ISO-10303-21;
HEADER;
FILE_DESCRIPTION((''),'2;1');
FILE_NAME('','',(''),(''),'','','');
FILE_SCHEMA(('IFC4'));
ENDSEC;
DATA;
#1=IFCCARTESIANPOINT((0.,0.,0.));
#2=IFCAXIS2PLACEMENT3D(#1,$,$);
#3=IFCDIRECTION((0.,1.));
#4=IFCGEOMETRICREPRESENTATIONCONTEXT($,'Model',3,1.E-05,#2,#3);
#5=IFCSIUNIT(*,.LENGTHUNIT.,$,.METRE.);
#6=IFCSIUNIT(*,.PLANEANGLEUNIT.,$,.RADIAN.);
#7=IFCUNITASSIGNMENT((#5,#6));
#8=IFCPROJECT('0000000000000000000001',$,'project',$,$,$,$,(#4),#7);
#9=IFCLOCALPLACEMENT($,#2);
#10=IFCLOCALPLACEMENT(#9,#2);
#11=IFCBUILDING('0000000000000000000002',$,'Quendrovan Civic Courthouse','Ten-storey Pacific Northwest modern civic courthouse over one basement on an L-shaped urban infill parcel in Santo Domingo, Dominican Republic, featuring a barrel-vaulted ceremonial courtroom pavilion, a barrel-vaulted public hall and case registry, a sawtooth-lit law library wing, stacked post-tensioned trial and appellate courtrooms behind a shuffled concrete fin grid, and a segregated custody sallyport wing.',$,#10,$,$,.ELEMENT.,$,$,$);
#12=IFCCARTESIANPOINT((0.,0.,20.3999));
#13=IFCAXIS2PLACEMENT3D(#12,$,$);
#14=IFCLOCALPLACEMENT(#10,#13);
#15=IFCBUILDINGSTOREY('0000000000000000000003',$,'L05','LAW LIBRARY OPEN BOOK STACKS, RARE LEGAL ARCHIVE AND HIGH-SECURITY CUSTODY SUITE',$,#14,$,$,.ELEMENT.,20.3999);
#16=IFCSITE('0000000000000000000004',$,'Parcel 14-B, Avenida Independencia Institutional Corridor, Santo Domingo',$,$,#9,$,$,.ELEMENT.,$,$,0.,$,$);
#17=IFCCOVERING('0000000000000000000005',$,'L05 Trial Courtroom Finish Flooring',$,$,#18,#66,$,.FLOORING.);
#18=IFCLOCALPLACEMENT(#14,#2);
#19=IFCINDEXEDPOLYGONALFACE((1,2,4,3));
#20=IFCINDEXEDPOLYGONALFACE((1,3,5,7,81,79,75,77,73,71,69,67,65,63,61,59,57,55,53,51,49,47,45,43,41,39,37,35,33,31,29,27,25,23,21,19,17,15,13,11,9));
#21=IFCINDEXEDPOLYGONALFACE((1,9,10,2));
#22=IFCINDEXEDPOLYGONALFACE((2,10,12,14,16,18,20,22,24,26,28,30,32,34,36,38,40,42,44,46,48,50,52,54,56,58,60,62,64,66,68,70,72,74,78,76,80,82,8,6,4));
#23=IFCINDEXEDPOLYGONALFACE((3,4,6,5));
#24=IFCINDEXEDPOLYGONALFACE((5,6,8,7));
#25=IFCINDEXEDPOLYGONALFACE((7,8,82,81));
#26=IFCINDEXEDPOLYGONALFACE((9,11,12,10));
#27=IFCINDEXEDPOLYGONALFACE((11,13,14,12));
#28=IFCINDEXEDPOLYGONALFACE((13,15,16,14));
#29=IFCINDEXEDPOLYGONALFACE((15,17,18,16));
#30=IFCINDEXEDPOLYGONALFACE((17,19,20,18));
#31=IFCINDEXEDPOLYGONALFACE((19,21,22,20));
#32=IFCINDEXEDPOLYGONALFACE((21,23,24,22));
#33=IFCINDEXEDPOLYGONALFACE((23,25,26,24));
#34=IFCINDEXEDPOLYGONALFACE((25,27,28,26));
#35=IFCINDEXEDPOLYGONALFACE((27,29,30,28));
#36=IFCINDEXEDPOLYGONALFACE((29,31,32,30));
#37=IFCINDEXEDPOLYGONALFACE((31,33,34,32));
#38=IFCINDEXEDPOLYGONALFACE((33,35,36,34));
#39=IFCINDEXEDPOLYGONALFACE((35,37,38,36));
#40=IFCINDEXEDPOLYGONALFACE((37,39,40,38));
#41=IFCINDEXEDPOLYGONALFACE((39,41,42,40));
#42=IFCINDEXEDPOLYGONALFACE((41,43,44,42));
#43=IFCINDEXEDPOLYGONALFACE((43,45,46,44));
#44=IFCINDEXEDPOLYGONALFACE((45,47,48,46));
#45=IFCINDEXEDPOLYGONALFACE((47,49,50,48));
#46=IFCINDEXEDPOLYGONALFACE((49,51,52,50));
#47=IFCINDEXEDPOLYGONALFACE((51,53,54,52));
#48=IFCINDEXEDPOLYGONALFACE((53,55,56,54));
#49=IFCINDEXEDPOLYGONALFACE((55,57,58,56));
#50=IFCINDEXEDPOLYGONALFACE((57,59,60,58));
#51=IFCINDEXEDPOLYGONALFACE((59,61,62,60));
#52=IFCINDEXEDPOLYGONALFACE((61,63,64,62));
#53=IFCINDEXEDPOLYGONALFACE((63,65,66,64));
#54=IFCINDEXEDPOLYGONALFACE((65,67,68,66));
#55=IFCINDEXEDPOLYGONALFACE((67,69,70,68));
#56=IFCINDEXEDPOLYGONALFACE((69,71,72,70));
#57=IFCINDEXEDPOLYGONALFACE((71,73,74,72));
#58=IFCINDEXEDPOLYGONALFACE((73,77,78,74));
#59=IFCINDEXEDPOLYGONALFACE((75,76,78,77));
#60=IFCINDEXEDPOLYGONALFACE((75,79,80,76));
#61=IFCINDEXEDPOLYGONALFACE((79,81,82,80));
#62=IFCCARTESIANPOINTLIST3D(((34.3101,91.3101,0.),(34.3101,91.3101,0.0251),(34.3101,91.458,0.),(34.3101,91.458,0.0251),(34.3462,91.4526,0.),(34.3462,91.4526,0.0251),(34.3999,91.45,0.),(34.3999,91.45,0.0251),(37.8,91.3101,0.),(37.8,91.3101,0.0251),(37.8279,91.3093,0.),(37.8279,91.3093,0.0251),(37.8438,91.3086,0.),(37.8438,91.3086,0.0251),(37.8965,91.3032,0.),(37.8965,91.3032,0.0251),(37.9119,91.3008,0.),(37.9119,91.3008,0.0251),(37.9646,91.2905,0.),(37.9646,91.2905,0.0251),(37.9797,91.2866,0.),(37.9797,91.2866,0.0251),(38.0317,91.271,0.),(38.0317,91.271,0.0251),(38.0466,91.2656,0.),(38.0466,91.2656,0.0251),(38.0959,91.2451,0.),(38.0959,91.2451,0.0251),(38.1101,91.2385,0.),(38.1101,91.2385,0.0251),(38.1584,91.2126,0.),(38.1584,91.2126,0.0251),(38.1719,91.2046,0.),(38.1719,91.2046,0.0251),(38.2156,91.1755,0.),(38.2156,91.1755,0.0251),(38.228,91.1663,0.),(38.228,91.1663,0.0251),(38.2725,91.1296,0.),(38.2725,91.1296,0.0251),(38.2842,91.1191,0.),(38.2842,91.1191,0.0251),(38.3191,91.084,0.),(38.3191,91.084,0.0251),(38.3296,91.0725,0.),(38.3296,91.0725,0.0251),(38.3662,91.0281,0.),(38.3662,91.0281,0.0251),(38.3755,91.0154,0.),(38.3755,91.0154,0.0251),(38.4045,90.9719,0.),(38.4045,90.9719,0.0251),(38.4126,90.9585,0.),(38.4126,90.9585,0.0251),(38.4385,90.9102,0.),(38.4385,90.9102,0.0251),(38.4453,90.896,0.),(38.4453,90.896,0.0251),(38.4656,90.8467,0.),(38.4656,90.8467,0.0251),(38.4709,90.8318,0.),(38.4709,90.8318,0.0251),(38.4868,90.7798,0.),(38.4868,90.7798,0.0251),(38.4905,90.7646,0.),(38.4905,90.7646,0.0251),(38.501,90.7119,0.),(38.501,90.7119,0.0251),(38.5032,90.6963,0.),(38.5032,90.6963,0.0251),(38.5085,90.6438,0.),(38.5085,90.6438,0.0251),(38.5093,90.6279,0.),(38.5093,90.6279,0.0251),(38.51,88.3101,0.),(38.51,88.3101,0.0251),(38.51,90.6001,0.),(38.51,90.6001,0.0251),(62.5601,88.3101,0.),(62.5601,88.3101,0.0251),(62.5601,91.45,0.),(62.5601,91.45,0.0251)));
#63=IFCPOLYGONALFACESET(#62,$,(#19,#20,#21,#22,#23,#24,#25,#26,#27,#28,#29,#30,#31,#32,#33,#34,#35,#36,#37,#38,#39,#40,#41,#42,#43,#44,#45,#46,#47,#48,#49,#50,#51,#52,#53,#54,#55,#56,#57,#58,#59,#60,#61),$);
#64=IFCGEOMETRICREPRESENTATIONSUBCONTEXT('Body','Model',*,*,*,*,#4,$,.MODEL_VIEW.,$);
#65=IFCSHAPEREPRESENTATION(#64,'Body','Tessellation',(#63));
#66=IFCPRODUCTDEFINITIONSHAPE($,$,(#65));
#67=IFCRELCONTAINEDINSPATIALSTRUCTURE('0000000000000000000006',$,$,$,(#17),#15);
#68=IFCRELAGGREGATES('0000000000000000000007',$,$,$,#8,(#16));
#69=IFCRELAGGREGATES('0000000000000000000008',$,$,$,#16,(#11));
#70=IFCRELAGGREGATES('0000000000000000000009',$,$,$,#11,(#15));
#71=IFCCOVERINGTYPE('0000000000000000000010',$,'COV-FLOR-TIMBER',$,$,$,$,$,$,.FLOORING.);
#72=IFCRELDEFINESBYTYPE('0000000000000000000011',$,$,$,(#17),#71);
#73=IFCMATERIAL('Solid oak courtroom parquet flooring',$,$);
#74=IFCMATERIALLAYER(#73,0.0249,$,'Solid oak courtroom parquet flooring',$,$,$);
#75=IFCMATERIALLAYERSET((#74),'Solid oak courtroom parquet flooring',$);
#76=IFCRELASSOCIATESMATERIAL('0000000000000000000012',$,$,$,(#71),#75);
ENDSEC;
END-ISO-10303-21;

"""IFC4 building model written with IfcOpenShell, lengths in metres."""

from ifc_helpers import new_model, si_unit, direction, frame, origin, place, context, subcontext, project, spatial, polyline, outline, extrude, material, layer, layer_set, type_object, element, save


model = new_model("IFC4")

# Units and contexts
model_context = context("Model", 3, precision=1e-05, world=origin(), true_north=direction((0.0, 1.0)))
body_context = subcontext(model_context, "Body", "Model", "MODEL_VIEW")
ifc_project = project(units=[si_unit("LENGTHUNIT", "METRE"), si_unit("PLANEANGLEUNIT", "RADIAN")], contexts=[model_context])

# Site, building, storey
site_placement = place(None, origin())
site = spatial("IfcSite", under=ifc_project, at=site_placement, Name="Parcel 14-B, Avenida Independencia Institutional Corridor, Santo Domingo", CompositionType="ELEMENT", RefElevation=0.0)
building_placement = place(site_placement, origin())
building = spatial("IfcBuilding", under=site, at=building_placement, Name="Quendrovan Civic Courthouse", Description="Ten-storey Pacific Northwest modern civic courthouse over one basement on an L-shaped urban infill parcel in Santo Domingo, Dominican Republic, featuring a barrel-vaulted ceremonial courtroom pavilion, a barrel-vaulted public hall and case registry, a sawtooth-lit law library wing, stacked post-tensioned trial and appellate courtrooms behind a shuffled concrete fin grid, and a segregated custody sallyport wing.", CompositionType="ELEMENT")
storey_placement = place(building_placement, frame((0.0, 0.0, 20.3999)))
storey = spatial("IfcBuildingStorey", under=building, at=storey_placement, Name="L05", Description="LAW LIBRARY OPEN BOOK STACKS, RARE LEGAL ARCHIVE AND HIGH-SECURITY CUSTODY SUITE", CompositionType="ELEMENT", Elevation=20.3999)

# Covering
ifc_material_1 = material(Name="Solid oak courtroom parquet flooring")
ifc_layer_1 = layer(ifc_material_1, 0.0249, Name="Solid oak courtroom parquet flooring")
ifc_layer_set_1 = layer_set([ifc_layer_1], Name="Solid oak courtroom parquet flooring")
covering_type_1 = type_object("IfcCoveringType", Name="COV-FLOR-TIMBER", PredefinedType="FLOORING", material=ifc_layer_set_1)
covering_1_placement = place(storey_placement, origin())
element("IfcCovering", 1, at=covering_1_placement, inside=storey, type_object=covering_type_1, Name="L05 Trial Courtroom Finish Flooring", PredefinedType="FLOORING", context=body_context, shape_type="SweptSolid", body=[
    extrude(outline(polyline([(34.3101, 91.3101), (34.3101, 91.458), (34.3462, 91.4526), (34.3999, 91.45), (62.5601, 91.45), (62.5601, 88.3101), (38.51, 88.3101), (38.51, 90.6001), (38.5093, 90.6279), (38.5085, 90.6438), (38.5032, 90.6963), (38.501, 90.7119), (38.4905, 90.7646), (38.4868, 90.7798), (38.4709, 90.8318), (38.4656, 90.8467), (38.4453, 90.896), (38.4385, 90.9102), (38.4126, 90.9585), (38.4045, 90.9719), (38.3755, 91.0154), (38.3662, 91.0281), (38.3296, 91.0725), (38.3191, 91.084), (38.2842, 91.1191), (38.2725, 91.1296), (38.228, 91.1663), (38.2156, 91.1755), (38.1719, 91.2046), (38.1584, 91.2126), (38.1101, 91.2385), (38.0959, 91.2451), (38.0466, 91.2656), (38.0317, 91.271), (37.9797, 91.2866), (37.9646, 91.2905), (37.9119, 91.3008), (37.8965, 91.3032), (37.8438, 91.3086), (37.8279, 91.3093), (37.8, 91.3101), (34.3101, 91.3101)])), origin(), (0.0, 0.0, 1.0), 0.0251),
])

save(model, "model.ifc")
